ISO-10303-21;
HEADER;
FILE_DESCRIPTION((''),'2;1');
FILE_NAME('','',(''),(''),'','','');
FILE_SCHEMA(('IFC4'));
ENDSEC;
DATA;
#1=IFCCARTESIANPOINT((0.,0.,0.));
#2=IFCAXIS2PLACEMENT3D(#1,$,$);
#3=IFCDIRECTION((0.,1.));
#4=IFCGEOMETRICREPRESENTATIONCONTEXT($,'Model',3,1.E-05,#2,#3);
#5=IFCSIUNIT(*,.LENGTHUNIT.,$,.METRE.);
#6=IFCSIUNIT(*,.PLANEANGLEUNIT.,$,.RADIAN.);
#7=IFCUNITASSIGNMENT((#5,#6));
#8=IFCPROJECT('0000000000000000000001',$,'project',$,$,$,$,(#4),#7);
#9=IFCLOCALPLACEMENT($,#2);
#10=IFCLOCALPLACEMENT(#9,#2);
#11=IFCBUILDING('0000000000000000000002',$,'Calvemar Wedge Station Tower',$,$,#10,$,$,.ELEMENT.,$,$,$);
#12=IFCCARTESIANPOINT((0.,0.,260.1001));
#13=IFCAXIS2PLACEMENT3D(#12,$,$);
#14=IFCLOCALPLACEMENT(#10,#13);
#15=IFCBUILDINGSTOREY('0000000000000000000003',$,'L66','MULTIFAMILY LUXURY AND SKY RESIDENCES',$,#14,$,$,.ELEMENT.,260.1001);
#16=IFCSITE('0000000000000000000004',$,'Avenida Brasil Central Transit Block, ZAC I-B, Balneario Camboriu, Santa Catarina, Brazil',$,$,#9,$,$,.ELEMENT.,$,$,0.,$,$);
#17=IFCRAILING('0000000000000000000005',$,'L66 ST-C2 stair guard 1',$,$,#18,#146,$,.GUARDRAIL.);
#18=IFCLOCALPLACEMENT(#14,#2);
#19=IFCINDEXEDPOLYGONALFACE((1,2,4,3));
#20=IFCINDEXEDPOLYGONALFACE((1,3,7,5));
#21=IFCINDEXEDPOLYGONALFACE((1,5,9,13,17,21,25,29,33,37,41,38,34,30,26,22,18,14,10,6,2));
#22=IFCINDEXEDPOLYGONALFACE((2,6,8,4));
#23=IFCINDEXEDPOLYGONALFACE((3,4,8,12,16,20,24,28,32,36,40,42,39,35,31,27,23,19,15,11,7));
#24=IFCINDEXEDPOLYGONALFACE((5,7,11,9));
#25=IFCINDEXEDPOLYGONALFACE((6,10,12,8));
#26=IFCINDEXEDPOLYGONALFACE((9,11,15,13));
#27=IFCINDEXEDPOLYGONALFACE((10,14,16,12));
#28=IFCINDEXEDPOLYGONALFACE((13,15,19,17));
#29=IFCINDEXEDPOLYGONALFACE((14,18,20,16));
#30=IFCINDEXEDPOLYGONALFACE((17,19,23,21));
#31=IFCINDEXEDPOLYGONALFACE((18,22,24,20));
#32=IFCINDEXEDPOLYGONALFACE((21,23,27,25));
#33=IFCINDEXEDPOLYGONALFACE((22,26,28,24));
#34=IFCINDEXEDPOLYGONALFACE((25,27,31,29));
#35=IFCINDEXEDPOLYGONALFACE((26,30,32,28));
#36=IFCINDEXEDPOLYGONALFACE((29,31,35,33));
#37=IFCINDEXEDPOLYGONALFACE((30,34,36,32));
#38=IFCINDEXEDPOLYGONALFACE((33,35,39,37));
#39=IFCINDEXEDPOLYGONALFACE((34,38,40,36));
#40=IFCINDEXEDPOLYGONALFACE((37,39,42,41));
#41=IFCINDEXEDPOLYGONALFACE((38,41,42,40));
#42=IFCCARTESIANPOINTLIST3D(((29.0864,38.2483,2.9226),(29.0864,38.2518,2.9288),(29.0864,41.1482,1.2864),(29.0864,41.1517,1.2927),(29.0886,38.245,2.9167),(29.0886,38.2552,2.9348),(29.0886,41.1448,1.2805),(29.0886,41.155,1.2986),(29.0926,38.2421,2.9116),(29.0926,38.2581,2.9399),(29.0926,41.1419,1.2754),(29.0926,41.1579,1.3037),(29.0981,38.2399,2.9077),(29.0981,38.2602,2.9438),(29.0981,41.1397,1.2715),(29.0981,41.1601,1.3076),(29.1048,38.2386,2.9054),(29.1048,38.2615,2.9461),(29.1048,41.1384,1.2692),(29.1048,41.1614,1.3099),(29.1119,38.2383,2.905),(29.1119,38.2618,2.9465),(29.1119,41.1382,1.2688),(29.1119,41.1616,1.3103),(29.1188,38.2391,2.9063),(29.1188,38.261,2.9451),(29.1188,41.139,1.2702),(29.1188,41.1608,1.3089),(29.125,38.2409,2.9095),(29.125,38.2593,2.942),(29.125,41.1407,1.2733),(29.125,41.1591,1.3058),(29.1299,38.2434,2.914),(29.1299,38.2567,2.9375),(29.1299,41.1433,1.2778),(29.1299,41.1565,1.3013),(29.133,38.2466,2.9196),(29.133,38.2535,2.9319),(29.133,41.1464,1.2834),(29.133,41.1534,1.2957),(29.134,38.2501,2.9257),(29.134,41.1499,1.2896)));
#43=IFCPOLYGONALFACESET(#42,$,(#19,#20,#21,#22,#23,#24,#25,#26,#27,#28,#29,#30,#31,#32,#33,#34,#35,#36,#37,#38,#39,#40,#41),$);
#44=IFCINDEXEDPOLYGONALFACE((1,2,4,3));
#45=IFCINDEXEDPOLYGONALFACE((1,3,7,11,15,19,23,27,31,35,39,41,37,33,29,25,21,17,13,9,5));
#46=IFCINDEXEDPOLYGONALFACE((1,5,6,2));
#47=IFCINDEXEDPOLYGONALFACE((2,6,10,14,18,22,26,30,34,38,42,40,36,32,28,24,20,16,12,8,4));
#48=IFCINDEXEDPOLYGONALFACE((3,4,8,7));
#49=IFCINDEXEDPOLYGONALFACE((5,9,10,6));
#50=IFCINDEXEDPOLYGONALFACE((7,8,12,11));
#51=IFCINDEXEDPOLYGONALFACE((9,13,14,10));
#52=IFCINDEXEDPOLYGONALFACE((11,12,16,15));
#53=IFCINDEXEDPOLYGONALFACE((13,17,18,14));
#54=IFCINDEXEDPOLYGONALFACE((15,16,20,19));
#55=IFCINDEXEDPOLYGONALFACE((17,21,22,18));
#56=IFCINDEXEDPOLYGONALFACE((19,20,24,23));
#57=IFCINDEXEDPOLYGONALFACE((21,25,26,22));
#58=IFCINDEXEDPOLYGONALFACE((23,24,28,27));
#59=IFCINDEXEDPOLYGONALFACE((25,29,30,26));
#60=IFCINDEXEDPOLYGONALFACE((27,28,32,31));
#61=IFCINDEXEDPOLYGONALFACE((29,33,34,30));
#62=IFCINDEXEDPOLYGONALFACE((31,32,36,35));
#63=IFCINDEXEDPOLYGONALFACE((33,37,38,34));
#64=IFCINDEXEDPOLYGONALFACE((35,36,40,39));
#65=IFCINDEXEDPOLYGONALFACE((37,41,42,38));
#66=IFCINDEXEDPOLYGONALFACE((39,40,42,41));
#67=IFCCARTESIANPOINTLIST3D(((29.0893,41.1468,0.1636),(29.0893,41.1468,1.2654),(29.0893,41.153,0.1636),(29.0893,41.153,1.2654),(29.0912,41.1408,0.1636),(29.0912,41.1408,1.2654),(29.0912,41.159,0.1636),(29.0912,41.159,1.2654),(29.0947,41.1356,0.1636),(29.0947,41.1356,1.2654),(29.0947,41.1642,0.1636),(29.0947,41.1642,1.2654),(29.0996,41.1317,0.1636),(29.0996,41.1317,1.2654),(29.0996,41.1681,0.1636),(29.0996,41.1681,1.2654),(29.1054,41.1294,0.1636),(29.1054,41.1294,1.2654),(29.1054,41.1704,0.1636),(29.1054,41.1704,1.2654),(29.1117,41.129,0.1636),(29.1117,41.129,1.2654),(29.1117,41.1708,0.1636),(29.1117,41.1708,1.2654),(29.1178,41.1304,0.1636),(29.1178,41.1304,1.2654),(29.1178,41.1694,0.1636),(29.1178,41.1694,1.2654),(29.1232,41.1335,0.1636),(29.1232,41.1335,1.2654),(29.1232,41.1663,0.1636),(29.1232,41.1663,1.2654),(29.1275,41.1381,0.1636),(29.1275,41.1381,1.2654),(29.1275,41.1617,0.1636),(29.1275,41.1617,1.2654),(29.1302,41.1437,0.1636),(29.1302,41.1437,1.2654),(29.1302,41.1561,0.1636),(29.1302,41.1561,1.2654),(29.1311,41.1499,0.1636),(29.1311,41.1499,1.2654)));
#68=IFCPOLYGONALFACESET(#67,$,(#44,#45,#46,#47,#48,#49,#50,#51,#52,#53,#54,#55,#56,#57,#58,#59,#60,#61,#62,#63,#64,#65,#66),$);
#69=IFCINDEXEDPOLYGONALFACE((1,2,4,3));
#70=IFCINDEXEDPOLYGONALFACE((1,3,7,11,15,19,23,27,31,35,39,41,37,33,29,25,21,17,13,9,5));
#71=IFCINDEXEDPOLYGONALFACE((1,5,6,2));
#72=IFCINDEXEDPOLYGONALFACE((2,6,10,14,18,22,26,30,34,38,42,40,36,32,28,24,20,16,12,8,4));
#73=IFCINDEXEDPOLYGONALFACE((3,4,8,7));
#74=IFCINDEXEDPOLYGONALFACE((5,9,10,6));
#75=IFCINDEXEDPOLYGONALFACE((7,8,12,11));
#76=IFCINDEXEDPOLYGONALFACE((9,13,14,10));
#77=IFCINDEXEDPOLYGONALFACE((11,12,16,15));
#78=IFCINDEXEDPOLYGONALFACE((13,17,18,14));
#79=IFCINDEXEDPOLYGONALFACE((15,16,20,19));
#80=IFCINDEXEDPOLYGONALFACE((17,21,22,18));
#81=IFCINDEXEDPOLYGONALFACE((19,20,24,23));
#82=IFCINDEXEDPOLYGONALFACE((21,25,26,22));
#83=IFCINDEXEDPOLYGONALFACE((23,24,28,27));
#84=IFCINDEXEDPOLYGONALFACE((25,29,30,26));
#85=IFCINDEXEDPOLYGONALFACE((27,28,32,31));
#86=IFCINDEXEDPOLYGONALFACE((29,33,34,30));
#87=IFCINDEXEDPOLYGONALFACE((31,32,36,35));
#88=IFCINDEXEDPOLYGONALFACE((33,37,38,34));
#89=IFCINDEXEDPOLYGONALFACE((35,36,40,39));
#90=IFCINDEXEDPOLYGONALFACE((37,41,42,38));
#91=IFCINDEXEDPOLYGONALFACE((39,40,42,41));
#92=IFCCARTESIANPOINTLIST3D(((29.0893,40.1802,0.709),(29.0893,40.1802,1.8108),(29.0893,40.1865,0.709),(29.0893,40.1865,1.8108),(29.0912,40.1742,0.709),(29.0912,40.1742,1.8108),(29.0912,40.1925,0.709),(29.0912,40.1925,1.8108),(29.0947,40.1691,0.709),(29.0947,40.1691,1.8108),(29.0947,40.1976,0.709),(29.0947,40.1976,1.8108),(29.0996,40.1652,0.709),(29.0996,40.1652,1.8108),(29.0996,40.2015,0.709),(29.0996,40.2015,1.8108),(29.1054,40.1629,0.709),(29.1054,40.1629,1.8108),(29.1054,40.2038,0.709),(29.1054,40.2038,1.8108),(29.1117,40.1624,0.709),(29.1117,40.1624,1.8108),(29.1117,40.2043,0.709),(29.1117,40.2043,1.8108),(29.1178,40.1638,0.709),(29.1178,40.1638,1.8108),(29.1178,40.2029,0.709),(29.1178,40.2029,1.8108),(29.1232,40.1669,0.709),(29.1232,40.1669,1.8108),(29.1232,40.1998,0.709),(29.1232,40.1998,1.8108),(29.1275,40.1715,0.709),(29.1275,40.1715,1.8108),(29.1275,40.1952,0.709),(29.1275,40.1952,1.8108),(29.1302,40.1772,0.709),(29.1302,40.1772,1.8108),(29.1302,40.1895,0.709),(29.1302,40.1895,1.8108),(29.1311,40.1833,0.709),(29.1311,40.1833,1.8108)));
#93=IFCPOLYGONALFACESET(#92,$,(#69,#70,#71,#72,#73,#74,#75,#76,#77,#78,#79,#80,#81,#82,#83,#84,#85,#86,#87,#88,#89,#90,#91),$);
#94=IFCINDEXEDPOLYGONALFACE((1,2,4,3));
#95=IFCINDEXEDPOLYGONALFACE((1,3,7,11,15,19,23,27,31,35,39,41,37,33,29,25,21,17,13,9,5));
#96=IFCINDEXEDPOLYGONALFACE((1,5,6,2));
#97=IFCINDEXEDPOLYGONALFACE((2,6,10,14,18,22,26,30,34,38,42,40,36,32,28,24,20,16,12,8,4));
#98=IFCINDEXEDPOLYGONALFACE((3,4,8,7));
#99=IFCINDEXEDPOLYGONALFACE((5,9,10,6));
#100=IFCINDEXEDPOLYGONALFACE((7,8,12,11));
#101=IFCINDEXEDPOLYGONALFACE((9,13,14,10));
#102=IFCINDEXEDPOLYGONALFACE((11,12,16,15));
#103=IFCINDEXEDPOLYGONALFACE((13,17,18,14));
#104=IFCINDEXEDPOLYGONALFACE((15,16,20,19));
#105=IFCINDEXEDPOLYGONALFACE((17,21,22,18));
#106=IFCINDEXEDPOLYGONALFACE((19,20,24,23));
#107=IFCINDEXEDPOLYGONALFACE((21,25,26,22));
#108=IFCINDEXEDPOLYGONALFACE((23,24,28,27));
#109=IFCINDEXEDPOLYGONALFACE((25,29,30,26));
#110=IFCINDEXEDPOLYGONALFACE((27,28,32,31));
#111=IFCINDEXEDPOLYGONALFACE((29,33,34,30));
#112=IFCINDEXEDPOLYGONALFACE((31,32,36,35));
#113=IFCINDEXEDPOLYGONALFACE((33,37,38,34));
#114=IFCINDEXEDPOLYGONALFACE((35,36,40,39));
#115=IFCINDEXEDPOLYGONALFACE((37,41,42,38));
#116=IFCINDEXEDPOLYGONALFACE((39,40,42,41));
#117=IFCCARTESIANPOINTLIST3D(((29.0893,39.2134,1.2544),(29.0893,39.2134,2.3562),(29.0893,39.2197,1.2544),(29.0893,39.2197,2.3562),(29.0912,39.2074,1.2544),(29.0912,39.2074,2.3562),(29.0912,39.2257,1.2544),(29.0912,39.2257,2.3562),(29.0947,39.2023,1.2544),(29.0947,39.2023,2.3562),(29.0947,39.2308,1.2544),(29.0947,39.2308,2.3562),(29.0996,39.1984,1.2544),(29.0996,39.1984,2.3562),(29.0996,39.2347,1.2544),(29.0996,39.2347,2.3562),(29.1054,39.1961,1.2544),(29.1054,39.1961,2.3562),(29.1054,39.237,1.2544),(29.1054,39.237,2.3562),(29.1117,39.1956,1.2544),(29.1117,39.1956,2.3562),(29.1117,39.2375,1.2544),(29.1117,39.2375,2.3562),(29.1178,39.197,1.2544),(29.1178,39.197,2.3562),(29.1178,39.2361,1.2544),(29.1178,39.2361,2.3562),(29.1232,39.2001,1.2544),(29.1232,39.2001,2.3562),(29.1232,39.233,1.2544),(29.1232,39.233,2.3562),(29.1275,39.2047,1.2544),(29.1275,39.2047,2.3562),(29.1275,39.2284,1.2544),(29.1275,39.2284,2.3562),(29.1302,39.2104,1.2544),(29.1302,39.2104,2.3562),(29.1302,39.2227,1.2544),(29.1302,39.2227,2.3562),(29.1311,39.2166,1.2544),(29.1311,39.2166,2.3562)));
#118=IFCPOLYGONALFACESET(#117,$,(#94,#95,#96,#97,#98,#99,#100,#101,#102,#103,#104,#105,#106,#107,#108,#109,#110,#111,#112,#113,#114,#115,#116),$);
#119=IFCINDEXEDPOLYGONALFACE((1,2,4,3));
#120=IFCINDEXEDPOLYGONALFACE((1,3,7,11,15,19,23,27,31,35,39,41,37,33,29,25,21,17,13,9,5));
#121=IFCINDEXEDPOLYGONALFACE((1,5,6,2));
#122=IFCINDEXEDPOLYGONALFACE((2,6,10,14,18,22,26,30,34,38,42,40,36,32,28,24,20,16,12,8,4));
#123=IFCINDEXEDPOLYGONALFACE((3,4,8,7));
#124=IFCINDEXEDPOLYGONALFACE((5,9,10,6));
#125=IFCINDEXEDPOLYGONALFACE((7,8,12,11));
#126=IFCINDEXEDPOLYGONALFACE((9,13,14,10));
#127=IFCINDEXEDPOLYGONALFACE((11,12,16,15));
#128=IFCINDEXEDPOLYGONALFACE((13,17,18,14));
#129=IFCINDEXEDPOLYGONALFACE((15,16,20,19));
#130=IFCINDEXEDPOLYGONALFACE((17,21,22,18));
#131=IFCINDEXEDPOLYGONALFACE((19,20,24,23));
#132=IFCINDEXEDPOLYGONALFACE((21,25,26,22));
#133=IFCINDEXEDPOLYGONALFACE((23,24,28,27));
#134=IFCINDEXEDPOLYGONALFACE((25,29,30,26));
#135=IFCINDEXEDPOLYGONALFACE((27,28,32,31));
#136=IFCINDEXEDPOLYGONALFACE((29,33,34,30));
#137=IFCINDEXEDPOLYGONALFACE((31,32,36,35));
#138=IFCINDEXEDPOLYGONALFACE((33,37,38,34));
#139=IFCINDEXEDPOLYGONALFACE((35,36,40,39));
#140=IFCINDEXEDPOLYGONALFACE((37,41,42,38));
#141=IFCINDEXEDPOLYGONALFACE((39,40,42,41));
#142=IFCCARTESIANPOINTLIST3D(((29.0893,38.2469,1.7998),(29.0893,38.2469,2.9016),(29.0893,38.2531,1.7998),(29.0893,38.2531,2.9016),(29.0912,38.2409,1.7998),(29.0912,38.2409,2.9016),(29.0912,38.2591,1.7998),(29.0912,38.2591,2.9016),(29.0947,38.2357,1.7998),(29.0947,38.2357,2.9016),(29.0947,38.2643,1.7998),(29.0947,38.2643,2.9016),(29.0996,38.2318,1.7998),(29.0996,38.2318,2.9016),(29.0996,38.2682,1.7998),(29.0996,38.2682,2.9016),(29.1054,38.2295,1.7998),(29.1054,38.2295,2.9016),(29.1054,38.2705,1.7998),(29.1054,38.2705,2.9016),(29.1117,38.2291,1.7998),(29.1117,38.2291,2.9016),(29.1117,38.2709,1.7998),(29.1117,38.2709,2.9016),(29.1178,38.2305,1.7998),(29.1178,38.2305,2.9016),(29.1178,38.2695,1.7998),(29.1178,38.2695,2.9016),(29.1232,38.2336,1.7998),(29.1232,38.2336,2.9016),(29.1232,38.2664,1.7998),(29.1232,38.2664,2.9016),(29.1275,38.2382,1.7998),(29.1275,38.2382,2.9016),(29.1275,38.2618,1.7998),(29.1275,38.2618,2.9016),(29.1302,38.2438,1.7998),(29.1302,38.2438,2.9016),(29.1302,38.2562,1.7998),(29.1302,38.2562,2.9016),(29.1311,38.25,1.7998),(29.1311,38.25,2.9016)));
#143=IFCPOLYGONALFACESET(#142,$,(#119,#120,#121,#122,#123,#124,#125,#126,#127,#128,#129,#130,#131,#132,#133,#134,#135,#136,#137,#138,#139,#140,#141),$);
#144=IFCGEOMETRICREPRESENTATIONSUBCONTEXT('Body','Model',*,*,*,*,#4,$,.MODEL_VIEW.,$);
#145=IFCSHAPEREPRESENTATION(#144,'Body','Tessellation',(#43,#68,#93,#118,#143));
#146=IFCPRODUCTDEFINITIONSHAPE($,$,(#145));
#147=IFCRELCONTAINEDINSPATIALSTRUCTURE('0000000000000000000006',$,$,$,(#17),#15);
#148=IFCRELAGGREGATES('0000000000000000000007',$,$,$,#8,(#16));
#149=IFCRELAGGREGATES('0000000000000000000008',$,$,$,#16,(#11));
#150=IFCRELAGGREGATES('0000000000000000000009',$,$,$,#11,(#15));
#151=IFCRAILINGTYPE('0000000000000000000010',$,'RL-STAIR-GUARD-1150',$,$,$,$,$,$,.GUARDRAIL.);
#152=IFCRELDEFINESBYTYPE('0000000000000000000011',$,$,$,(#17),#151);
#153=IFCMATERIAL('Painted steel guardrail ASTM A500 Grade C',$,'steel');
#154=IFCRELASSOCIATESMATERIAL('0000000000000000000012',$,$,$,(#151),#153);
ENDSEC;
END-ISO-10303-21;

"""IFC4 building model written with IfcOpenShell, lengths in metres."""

from ifc_helpers import new_model, si_unit, direction, frame, origin, origin_2d, place, context, subcontext, project, spatial, circle, extrude, material, type_object, element, save


model = new_model("IFC4")

# Units and contexts
model_context = context("Model", 3, precision=1e-05, world=origin(), true_north=direction((0.0, 1.0)))
body_context = subcontext(model_context, "Body", "Model", "MODEL_VIEW")
ifc_project = project(units=[si_unit("LENGTHUNIT", "METRE"), si_unit("PLANEANGLEUNIT", "RADIAN")], contexts=[model_context])

# Site, building, storey
site_placement = place(None, origin())
site = spatial("IfcSite", under=ifc_project, at=site_placement, Name="Avenida Brasil Central Transit Block, ZAC I-B, Balneario Camboriu, Santa Catarina, Brazil", CompositionType="ELEMENT", RefElevation=0.0)
building_placement = place(site_placement, origin())
building = spatial("IfcBuilding", under=site, at=building_placement, Name="Calvemar Wedge Station Tower", CompositionType="ELEMENT")
storey_placement = place(building_placement, frame((0.0, 0.0, 260.1001)))
storey = spatial("IfcBuildingStorey", under=building, at=storey_placement, Name="L66", Description="MULTIFAMILY LUXURY AND SKY RESIDENCES", CompositionType="ELEMENT", Elevation=260.1001)

# Railing
ifc_material_1 = material(Name="Painted steel guardrail ASTM A500 Grade C", Category="steel")
railing_type_1 = type_object("IfcRailingType", Name="RL-STAIR-GUARD-1150", PredefinedType="GUARDRAIL", material=ifc_material_1)
railing_1_placement = place(storey_placement, frame((29.1101, 41.1499, 0.1636)))
element("IfcRailing", 1, at=railing_1_placement, inside=storey, type_object=railing_type_1, Name="L66 ST-C2 stair guard 1", PredefinedType="GUARDRAIL", context=body_context, shape_type="SweptSolid", body=[
    extrude(circle(Radius=0.0239, at=origin_2d()), frame((0.0, 0.0, 1.126), z_axis=(0.0, -0.870929, 0.49141), x_axis=(1.0, 0.0, 0.0)), (0.0, 0.0, 1.0), 3.3296),
    extrude(circle(Radius=0.021, at=origin_2d()), origin(), (0.0, 0.0, 1.0), 1.1018),
    extrude(circle(Radius=0.021, at=origin_2d()), frame((0.0, -0.9666, 0.5454)), (0.0, 0.0, 1.0), 1.1018),
    extrude(circle(Radius=0.021, at=origin_2d()), frame((0.0, -1.9333, 1.0908)), (0.0, 0.0, 1.0), 1.1018),
    extrude(circle(Radius=0.021, at=origin_2d()), frame((0.0, -2.8999, 1.6362)), (0.0, 0.0, 1.0), 1.1018),
])

save(model, "model.ifc")
